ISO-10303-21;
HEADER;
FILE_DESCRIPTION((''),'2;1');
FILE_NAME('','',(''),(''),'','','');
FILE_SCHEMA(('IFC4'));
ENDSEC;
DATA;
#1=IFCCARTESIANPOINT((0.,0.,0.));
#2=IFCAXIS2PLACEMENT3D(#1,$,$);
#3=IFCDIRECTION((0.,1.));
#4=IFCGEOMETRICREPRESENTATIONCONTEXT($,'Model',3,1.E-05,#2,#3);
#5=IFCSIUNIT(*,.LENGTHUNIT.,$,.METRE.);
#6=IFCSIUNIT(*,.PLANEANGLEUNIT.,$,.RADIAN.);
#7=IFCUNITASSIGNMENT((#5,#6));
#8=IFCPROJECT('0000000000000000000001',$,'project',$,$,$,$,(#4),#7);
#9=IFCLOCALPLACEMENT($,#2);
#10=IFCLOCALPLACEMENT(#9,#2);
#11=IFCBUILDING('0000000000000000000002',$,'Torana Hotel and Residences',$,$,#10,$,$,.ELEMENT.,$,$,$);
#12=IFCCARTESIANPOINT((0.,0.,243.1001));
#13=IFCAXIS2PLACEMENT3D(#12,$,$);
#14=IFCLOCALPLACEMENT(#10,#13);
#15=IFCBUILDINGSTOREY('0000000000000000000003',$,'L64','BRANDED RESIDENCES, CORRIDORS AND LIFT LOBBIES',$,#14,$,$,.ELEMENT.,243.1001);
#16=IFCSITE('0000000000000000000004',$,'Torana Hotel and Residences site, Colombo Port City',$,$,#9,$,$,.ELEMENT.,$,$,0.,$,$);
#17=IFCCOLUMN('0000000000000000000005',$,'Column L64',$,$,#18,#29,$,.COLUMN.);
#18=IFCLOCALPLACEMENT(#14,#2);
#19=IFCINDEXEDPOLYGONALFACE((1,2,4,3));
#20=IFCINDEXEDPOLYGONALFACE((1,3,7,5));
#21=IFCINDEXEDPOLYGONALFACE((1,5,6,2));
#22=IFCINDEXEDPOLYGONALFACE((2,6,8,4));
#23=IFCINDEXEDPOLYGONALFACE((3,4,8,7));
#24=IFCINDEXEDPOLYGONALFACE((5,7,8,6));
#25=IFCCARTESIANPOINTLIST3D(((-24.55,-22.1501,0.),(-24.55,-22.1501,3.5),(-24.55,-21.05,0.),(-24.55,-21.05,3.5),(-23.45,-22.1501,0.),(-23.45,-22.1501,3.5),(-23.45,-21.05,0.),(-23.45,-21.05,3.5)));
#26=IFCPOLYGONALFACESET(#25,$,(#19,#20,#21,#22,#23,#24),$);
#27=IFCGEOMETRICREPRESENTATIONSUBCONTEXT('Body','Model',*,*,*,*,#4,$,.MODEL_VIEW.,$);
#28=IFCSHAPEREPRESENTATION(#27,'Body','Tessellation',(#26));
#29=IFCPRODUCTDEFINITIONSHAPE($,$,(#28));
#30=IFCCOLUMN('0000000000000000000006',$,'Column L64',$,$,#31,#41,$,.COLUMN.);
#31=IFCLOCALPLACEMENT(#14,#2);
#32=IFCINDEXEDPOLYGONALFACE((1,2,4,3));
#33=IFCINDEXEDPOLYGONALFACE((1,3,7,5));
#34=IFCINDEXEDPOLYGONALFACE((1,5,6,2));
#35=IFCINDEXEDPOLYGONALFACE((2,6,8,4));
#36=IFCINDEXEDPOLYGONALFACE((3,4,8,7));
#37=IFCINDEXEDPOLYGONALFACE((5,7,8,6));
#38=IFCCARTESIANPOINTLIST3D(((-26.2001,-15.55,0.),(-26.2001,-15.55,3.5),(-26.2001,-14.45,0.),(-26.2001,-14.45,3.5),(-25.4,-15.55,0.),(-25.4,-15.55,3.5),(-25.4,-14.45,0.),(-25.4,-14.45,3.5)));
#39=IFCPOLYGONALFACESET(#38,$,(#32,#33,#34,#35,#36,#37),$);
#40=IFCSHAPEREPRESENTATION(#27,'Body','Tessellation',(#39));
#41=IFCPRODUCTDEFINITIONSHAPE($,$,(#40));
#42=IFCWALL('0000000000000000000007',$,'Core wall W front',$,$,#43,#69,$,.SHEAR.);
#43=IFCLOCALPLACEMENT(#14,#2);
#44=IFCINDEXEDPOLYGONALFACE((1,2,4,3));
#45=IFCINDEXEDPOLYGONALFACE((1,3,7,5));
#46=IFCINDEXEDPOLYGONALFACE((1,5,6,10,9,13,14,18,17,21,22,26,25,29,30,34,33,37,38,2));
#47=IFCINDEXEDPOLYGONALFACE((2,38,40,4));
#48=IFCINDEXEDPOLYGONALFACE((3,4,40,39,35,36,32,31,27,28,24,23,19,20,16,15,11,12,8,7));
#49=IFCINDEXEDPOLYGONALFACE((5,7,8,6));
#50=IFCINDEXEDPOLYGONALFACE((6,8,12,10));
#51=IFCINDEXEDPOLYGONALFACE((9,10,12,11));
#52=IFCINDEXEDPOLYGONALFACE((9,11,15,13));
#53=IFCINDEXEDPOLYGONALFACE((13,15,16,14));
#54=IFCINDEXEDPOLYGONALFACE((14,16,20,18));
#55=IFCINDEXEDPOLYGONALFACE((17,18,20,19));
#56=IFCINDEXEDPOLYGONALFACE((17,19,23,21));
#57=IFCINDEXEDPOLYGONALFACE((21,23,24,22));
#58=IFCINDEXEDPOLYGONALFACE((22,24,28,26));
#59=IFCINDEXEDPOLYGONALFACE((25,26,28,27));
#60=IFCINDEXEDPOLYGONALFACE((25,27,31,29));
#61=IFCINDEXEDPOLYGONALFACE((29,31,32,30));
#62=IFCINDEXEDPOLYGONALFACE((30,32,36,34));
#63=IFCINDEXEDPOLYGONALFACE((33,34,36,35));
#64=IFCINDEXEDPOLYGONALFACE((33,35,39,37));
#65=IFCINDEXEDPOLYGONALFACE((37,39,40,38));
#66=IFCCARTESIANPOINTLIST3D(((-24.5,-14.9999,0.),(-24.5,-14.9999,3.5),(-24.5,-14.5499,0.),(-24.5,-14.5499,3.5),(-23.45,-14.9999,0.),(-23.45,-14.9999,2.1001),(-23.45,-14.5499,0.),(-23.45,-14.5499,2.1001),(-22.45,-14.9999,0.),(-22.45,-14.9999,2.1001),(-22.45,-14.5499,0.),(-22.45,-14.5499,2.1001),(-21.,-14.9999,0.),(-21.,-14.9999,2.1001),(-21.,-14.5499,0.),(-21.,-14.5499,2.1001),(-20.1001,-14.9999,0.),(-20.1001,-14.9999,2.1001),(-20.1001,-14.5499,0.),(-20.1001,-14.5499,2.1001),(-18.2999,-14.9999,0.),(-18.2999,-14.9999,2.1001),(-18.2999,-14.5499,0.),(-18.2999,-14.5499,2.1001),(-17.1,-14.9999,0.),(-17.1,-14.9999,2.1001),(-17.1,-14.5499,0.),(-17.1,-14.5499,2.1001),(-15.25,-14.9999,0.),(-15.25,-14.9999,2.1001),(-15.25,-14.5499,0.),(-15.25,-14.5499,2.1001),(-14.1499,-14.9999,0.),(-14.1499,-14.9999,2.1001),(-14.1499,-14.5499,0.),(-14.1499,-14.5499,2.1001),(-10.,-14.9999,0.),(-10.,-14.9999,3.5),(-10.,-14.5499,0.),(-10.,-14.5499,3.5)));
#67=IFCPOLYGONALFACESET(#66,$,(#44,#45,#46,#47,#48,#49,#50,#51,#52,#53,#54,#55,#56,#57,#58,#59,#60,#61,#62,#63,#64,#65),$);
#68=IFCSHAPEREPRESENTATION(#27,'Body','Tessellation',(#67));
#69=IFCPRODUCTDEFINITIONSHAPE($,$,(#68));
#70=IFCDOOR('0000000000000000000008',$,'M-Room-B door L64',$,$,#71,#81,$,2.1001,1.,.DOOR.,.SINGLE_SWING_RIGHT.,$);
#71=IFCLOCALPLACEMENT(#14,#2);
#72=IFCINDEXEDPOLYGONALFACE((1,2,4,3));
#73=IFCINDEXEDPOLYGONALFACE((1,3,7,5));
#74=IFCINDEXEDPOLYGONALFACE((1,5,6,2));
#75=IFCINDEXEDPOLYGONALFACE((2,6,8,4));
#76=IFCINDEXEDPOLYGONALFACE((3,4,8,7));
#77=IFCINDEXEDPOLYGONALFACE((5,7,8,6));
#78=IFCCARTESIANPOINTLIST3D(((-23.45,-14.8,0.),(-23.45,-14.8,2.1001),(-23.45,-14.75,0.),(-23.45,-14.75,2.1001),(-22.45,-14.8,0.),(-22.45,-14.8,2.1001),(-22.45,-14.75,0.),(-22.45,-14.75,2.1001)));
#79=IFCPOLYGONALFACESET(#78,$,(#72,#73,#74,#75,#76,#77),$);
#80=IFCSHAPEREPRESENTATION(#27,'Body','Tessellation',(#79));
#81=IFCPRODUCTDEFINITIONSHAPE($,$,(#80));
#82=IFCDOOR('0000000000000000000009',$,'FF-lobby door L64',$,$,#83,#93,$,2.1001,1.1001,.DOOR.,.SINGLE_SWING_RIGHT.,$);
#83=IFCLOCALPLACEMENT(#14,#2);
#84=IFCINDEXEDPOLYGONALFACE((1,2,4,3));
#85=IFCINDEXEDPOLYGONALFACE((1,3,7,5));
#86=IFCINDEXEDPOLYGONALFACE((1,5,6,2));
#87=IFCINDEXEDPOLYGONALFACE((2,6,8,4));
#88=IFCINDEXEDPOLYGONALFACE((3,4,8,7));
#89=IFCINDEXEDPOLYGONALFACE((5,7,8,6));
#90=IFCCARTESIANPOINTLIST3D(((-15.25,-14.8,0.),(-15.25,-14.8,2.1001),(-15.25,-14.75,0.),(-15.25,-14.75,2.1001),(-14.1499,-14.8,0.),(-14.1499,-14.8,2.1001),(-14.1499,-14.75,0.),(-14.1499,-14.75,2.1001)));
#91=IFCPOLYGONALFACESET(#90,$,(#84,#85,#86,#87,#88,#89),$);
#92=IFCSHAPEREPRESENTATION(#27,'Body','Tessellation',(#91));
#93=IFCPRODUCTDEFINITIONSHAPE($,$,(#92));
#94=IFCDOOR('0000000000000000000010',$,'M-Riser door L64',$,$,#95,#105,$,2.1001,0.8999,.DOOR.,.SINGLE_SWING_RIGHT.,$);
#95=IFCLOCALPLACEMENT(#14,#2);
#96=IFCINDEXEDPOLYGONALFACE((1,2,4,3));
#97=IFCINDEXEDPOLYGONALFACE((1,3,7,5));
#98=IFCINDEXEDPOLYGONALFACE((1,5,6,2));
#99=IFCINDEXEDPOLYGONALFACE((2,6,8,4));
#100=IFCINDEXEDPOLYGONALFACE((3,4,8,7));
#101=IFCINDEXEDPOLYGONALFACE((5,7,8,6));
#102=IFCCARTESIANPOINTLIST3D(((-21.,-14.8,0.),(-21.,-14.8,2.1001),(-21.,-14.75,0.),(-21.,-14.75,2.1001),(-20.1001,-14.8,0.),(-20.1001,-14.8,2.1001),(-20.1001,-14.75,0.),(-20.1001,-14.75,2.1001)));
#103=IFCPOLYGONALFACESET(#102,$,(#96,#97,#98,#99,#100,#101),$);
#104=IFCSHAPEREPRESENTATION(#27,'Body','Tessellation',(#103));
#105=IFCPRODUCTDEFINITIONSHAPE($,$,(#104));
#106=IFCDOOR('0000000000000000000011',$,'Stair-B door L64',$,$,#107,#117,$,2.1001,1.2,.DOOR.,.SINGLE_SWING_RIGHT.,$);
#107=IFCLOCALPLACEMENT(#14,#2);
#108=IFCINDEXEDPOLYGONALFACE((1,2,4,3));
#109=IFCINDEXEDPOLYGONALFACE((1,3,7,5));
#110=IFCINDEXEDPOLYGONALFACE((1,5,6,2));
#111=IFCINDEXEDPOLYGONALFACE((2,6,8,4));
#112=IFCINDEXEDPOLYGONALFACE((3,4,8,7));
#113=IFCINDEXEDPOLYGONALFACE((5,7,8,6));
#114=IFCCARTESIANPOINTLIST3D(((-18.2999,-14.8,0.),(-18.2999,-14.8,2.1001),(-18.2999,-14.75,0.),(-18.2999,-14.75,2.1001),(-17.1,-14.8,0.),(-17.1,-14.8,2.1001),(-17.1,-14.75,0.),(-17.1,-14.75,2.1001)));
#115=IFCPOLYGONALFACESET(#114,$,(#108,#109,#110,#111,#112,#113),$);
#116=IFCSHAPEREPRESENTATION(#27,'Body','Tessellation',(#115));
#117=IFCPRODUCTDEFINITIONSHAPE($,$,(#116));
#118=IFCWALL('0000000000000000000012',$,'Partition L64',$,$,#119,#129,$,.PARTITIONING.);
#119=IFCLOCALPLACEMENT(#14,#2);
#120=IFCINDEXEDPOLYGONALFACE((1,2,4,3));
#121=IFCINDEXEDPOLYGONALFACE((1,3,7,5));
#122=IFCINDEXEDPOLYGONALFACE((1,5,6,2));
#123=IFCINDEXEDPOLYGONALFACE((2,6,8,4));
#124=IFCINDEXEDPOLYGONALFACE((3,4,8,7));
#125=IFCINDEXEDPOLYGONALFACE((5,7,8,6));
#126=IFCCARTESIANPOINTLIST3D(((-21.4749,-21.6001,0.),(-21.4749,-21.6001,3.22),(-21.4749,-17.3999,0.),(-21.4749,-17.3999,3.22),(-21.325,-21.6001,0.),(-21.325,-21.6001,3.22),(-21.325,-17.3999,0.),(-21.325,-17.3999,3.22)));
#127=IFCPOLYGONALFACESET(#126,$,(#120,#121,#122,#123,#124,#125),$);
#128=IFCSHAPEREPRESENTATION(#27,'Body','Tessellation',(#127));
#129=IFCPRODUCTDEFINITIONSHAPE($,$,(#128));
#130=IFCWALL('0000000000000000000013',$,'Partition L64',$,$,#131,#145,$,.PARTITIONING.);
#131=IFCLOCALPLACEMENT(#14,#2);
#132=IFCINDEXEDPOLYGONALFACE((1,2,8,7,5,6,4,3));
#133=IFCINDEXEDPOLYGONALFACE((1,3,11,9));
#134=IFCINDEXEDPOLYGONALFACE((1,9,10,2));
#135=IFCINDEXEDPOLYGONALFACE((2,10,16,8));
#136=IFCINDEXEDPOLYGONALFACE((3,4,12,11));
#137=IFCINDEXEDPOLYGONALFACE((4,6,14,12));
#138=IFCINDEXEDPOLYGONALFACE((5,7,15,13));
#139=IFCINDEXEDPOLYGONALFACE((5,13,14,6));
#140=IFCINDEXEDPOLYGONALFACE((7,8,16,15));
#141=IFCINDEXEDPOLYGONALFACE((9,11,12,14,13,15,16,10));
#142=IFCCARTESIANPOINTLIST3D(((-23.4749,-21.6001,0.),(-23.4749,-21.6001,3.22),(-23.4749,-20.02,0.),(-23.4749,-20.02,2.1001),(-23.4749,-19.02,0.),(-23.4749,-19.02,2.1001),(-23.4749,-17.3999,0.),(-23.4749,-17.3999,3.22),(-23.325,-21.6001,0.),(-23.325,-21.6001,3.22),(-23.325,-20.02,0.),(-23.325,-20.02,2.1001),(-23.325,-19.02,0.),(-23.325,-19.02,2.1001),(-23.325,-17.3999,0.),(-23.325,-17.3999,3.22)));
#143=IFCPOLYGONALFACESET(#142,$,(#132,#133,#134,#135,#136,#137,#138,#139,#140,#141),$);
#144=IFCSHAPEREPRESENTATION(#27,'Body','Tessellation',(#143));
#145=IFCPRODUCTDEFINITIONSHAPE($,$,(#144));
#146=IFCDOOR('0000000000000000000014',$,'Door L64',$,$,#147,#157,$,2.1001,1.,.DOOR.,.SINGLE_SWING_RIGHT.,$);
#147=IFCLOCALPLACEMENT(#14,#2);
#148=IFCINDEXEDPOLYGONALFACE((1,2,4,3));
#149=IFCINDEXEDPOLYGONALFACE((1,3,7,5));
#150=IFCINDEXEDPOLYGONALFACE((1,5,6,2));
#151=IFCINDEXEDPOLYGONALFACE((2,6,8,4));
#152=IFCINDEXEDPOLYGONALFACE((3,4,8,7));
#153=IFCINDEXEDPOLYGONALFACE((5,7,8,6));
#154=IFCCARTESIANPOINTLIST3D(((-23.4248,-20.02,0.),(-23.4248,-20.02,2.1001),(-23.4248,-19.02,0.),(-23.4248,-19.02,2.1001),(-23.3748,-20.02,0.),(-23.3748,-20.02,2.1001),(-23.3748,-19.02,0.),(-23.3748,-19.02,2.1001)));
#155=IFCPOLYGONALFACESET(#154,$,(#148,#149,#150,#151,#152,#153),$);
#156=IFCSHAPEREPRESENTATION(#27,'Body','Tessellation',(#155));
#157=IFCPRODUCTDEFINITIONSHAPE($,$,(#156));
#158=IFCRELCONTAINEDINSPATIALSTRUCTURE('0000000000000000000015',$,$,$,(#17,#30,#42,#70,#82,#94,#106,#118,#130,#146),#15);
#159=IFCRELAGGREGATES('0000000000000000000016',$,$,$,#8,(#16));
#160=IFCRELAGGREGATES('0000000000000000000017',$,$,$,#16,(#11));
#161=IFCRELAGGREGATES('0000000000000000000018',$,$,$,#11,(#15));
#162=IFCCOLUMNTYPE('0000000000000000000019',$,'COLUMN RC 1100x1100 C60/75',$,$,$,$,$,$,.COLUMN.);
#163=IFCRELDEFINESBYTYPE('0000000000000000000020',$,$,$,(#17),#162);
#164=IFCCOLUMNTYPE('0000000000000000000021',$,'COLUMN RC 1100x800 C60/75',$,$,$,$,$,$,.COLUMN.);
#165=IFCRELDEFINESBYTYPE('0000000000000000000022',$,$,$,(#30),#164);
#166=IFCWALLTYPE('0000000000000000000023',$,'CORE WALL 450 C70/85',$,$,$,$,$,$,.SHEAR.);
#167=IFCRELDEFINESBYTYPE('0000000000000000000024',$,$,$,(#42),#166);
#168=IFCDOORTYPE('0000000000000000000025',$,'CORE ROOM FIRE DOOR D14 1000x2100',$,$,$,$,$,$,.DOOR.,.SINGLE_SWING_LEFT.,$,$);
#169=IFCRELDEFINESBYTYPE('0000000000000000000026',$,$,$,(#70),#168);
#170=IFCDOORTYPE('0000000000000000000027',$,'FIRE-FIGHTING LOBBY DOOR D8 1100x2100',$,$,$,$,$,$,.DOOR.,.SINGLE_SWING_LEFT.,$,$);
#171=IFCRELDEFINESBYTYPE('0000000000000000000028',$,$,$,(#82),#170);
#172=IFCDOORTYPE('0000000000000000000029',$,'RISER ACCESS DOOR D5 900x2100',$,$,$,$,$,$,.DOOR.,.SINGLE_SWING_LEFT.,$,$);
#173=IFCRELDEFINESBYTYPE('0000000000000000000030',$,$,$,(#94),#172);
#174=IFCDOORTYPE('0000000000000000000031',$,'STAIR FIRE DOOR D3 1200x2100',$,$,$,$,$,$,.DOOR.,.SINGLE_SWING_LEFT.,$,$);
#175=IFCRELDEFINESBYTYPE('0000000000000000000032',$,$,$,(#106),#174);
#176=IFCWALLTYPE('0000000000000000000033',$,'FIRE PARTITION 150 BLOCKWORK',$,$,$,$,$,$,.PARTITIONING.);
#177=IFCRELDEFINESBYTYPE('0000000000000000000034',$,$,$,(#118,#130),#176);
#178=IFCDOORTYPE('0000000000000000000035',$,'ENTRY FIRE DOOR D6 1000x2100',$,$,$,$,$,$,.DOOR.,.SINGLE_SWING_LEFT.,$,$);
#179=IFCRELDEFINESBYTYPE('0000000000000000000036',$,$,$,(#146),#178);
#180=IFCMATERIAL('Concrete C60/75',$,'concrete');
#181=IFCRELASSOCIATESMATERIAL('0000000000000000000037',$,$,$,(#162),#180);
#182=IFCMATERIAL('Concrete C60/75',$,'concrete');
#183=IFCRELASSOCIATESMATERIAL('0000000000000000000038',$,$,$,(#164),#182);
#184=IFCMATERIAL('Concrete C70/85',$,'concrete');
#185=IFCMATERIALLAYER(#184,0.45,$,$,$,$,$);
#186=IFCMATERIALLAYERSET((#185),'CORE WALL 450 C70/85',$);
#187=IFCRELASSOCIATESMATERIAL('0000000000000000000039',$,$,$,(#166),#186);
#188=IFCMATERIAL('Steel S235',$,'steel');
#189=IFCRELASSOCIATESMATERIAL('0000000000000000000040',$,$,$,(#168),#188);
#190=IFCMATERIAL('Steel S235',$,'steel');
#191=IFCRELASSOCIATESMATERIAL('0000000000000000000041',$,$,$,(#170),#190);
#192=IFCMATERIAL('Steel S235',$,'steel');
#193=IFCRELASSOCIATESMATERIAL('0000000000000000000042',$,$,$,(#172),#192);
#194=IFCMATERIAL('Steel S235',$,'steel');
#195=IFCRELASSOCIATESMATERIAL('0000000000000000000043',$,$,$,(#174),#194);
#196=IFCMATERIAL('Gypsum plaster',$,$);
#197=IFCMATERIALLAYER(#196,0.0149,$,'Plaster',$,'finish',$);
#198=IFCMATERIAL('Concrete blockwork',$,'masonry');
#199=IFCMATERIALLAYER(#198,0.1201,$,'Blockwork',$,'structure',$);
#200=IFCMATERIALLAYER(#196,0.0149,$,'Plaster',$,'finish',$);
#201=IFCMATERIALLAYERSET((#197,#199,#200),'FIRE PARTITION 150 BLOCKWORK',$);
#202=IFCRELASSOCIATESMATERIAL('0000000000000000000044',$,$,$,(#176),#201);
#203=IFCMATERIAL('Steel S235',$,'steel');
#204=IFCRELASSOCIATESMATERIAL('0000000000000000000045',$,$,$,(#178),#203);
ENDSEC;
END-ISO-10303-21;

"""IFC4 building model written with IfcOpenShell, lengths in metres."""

from ifc_helpers import new_model, si_unit, direction, frame, frame_2d, origin, origin_2d, place, context, subcontext, project, spatial, rectangle, extrude, material, layer, layer_set, material_profile, profile_set, type_object, element, fill, save


model = new_model("IFC4")

# Units and contexts
model_context = context("Model", 3, precision=1e-05, world=origin(), true_north=direction((0.0, 1.0)))
body_context = subcontext(model_context, "Body", "Model", "MODEL_VIEW")
ifc_project = project(units=[si_unit("LENGTHUNIT", "METRE"), si_unit("PLANEANGLEUNIT", "RADIAN")], contexts=[model_context])

# Site, building, storey
site_placement = place(None, origin())
site = spatial("IfcSite", under=ifc_project, at=site_placement, Name="Torana Hotel and Residences site, Colombo Port City", CompositionType="ELEMENT", RefElevation=0.0)
building_placement = place(site_placement, origin())
building = spatial("IfcBuilding", under=site, at=building_placement, Name="Torana Hotel and Residences", CompositionType="ELEMENT")
storey_placement = place(building_placement, frame((0.0, 0.0, 243.1001)))
storey = spatial("IfcBuildingStorey", under=building, at=storey_placement, Name="L64", Description="BRANDED RESIDENCES, CORRIDORS AND LIFT LOBBIES", CompositionType="ELEMENT", Elevation=243.1001)

# Columns
ifc_material_1 = material(Name="Concrete C60/75", Category="concrete")
ifc_material_profile_1 = material_profile(ifc_material_1, rectangle(XDim=1.1001, YDim=1.1001, at=origin_2d()), Name="RC 1100x1100")
ifc_profile_set_1 = profile_set([ifc_material_profile_1], Name="Concrete C60/75")
column_type_1 = type_object("IfcColumnType", Name="COLUMN RC 1100x1100 C60/75", PredefinedType="COLUMN", material=ifc_profile_set_1)
column_1_placement = place(storey_placement, frame((-24.0, -21.6001, 0.0), z_axis=(0.0, 0.0, 1.0), x_axis=(1.0, 0.0, 0.0)))
element("IfcColumn", 1, at=column_1_placement, inside=storey, type_object=column_type_1, Name="Column L64", PredefinedType="COLUMN", context=body_context, shape_type="SweptSolid", body=[
    extrude(rectangle(XDim=1.1001, YDim=1.1001, at=origin_2d()), origin(), (0.0, 0.0, 1.0), 3.5),
])
ifc_material_2 = material(Name="Concrete C60/75", Category="concrete")
ifc_material_profile_2 = material_profile(ifc_material_2, rectangle(XDim=1.1001, YDim=0.8, at=origin_2d()), Name="RC 1100x800")
ifc_profile_set_2 = profile_set([ifc_material_profile_2], Name="Concrete C60/75")
column_type_2 = type_object("IfcColumnType", Name="COLUMN RC 1100x800 C60/75", PredefinedType="COLUMN", material=ifc_profile_set_2)
column_2_placement = place(storey_placement, frame((-25.8, -15.0, 0.0), z_axis=(0.0, 0.0, 1.0), x_axis=(0.0, 1.0, 0.0)))
element("IfcColumn", 2, at=column_2_placement, inside=storey, type_object=column_type_2, Name="Column L64", PredefinedType="COLUMN", context=body_context, shape_type="SweptSolid", body=[
    extrude(rectangle(XDim=1.1001, YDim=0.8, at=origin_2d()), origin(), (0.0, 0.0, 1.0), 3.5),
])

# Wall, openings, doors
ifc_material_3 = material(Name="Concrete C70/85", Category="concrete")
ifc_layer_1 = layer(ifc_material_3, 0.45)
ifc_layer_set_1 = layer_set([ifc_layer_1], Name="CORE WALL 450 C70/85")
wall_type_1 = type_object("IfcWallType", Name="CORE WALL 450 C70/85", PredefinedType="SHEAR", material=ifc_layer_set_1)
wall_1_placement = place(storey_placement, frame((-24.5, -14.7749, 0.0), z_axis=(0.0, 0.0, 1.0), x_axis=(1.0, 0.0, 0.0)))
wall_1 = element("IfcWall", 3, at=wall_1_placement, inside=storey, type_object=wall_type_1, Name="Core wall W front", PredefinedType="SHEAR", context=body_context, shape_type="SweptSolid", body=[
    extrude(rectangle(XDim=14.5, YDim=0.45, at=frame_2d((7.25, 0.0))), origin(), (0.0, 0.0, 1.0), 3.5),
])
opening_1_placement = place(wall_1_placement, frame((6.2, 0.0, 0.0)))
opening_1 = element("IfcOpeningElement", 4, at=opening_1_placement, cuts=wall_1, PredefinedType="OPENING", context=body_context, shape_type="SweptSolid", body=[
    extrude(rectangle(XDim=1.2, YDim=2.1001, at=frame_2d((0.6001, 1.05))), frame((0.0, 0.2349, 0.0), z_axis=(0.0, -1.0, 0.0), x_axis=(1.0, 0.0, 0.0)), (0.0, 0.0, 1.0), 0.47),
])
opening_2_placement = place(wall_1_placement, frame((9.25, 0.0, 0.0)))
opening_2 = element("IfcOpeningElement", 5, at=opening_2_placement, cuts=wall_1, PredefinedType="OPENING", context=body_context, shape_type="SweptSolid", body=[
    extrude(rectangle(XDim=1.1001, YDim=2.1001, at=frame_2d((0.55, 1.05))), frame((0.0, 0.2349, 0.0), z_axis=(0.0, -1.0, 0.0), x_axis=(1.0, 0.0, 0.0)), (0.0, 0.0, 1.0), 0.47),
])
opening_3_placement = place(wall_1_placement, frame((3.5, 0.0, 0.0)))
opening_3 = element("IfcOpeningElement", 6, at=opening_3_placement, cuts=wall_1, PredefinedType="OPENING", context=body_context, shape_type="SweptSolid", body=[
    extrude(rectangle(XDim=0.8999, YDim=2.1001, at=frame_2d((0.45, 1.05))), frame((0.0, 0.2349, 0.0), z_axis=(0.0, -1.0, 0.0), x_axis=(1.0, 0.0, 0.0)), (0.0, 0.0, 1.0), 0.47),
])
opening_4_placement = place(wall_1_placement, frame((1.05, 0.0, 0.0)))
opening_4 = element("IfcOpeningElement", 7, at=opening_4_placement, cuts=wall_1, PredefinedType="OPENING", context=body_context, shape_type="SweptSolid", body=[
    extrude(rectangle(XDim=1.0, YDim=2.1001, at=frame_2d((0.5, 1.05))), frame((0.0, 0.2349, 0.0), z_axis=(0.0, -1.0, 0.0), x_axis=(1.0, 0.0, 0.0)), (0.0, 0.0, 1.0), 0.47),
])
ifc_material_4 = material(Name="Steel S235", Category="steel")
door_type_1 = type_object("IfcDoorType", Name="CORE ROOM FIRE DOOR D14 1000x2100", OperationType="SINGLE_SWING_LEFT", PredefinedType="DOOR", material=ifc_material_4)
door_1_placement = place(opening_4_placement, origin())
door_1 = element("IfcDoor", 8, at=door_1_placement, inside=storey, type_object=door_type_1, Name="M-Room-B door L64", OperationType="SINGLE_SWING_RIGHT", OverallHeight=2.1001, OverallWidth=1.0, PredefinedType="DOOR", context=body_context, shape_type="SweptSolid", body=[
    extrude(rectangle(XDim=1.0, YDim=2.1001, at=frame_2d((0.5, 1.05))), frame((0.0, 0.0249, 0.0), z_axis=(0.0, -1.0, 0.0), x_axis=(1.0, 0.0, 0.0)), (0.0, 0.0, 1.0), 0.05),
])
fill(opening_4, door_1)
ifc_material_5 = material(Name="Steel S235", Category="steel")
door_type_2 = type_object("IfcDoorType", Name="FIRE-FIGHTING LOBBY DOOR D8 1100x2100", OperationType="SINGLE_SWING_LEFT", PredefinedType="DOOR", material=ifc_material_5)
door_2_placement = place(opening_2_placement, origin())
door_2 = element("IfcDoor", 9, at=door_2_placement, inside=storey, type_object=door_type_2, Name="FF-lobby door L64", OperationType="SINGLE_SWING_RIGHT", OverallHeight=2.1001, OverallWidth=1.1001, PredefinedType="DOOR", context=body_context, shape_type="SweptSolid", body=[
    extrude(rectangle(XDim=1.1001, YDim=2.1001, at=frame_2d((0.55, 1.05))), frame((0.0, 0.0249, 0.0), z_axis=(0.0, -1.0, 0.0), x_axis=(1.0, 0.0, 0.0)), (0.0, 0.0, 1.0), 0.05),
])
fill(opening_2, door_2)
ifc_material_6 = material(Name="Steel S235", Category="steel")
door_type_3 = type_object("IfcDoorType", Name="RISER ACCESS DOOR D5 900x2100", OperationType="SINGLE_SWING_LEFT", PredefinedType="DOOR", material=ifc_material_6)
door_3_placement = place(opening_3_placement, origin())
door_3 = element("IfcDoor", 10, at=door_3_placement, inside=storey, type_object=door_type_3, Name="M-Riser door L64", OperationType="SINGLE_SWING_RIGHT", OverallHeight=2.1001, OverallWidth=0.8999, PredefinedType="DOOR", context=body_context, shape_type="SweptSolid", body=[
    extrude(rectangle(XDim=0.8999, YDim=2.1001, at=frame_2d((0.45, 1.05))), frame((0.0, 0.0249, 0.0), z_axis=(0.0, -1.0, 0.0), x_axis=(1.0, 0.0, 0.0)), (0.0, 0.0, 1.0), 0.05),
])
fill(opening_3, door_3)
ifc_material_7 = material(Name="Steel S235", Category="steel")
door_type_4 = type_object("IfcDoorType", Name="STAIR FIRE DOOR D3 1200x2100", OperationType="SINGLE_SWING_LEFT", PredefinedType="DOOR", material=ifc_material_7)
door_4_placement = place(opening_1_placement, origin())
door_4 = element("IfcDoor", 11, at=door_4_placement, inside=storey, type_object=door_type_4, Name="Stair-B door L64", OperationType="SINGLE_SWING_RIGHT", OverallHeight=2.1001, OverallWidth=1.2, PredefinedType="DOOR", context=body_context, shape_type="SweptSolid", body=[
    extrude(rectangle(XDim=1.2, YDim=2.1001, at=frame_2d((0.6001, 1.05))), frame((0.0, 0.0249, 0.0), z_axis=(0.0, -1.0, 0.0), x_axis=(1.0, 0.0, 0.0)), (0.0, 0.0, 1.0), 0.05),
])
fill(opening_1, door_4)

# Wall
ifc_material_8 = material(Name="Gypsum plaster")
ifc_layer_2 = layer(ifc_material_8, 0.0149, Name="Plaster", Category="finish")
ifc_material_9 = material(Name="Concrete blockwork", Category="masonry")
ifc_layer_3 = layer(ifc_material_9, 0.1201, Name="Blockwork", Category="structure")
ifc_layer_4 = layer(ifc_material_8, 0.0149, Name="Plaster", Category="finish")
ifc_layer_set_2 = layer_set([ifc_layer_2, ifc_layer_3, ifc_layer_4], Name="FIRE PARTITION 150 BLOCKWORK")
wall_type_2 = type_object("IfcWallType", Name="FIRE PARTITION 150 BLOCKWORK", PredefinedType="PARTITIONING", material=ifc_layer_set_2)
wall_2_placement = place(storey_placement, frame((-21.3999, -21.6001, 0.0), z_axis=(0.0, 0.0, 1.0), x_axis=(0.0, 1.0, 0.0)))
element("IfcWall", 12, at=wall_2_placement, inside=storey, type_object=wall_type_2, Name="Partition L64", PredefinedType="PARTITIONING", context=body_context, shape_type="SweptSolid", body=[
    extrude(rectangle(XDim=4.2002, YDim=0.1499, at=frame_2d((2.1001, 0.0))), origin(), (0.0, 0.0, 1.0), 3.22),
])

# Wall, opening, door
wall_3_placement = place(storey_placement, frame((-23.3999, -21.6001, 0.0), z_axis=(0.0, 0.0, 1.0), x_axis=(0.0, 1.0, 0.0)))
wall_3 = element("IfcWall", 13, at=wall_3_placement, inside=storey, type_object=wall_type_2, Name="Partition L64", PredefinedType="PARTITIONING", context=body_context, shape_type="SweptSolid", body=[
    extrude(rectangle(XDim=4.2002, YDim=0.1499, at=frame_2d((2.1001, 0.0))), origin(), (0.0, 0.0, 1.0), 3.22),
])
opening_5_placement = place(wall_3_placement, frame((1.5801, 0.0, 0.0)))
opening_5 = element("IfcOpeningElement", 14, at=opening_5_placement, cuts=wall_3, PredefinedType="OPENING", context=body_context, shape_type="SweptSolid", body=[
    extrude(rectangle(XDim=1.0, YDim=2.1001, at=frame_2d((0.5, 1.05))), frame((0.0, 0.085, 0.0), z_axis=(0.0, -1.0, 0.0), x_axis=(1.0, 0.0, 0.0)), (0.0, 0.0, 1.0), 0.1699),
])
ifc_material_10 = material(Name="Steel S235", Category="steel")
door_type_5 = type_object("IfcDoorType", Name="ENTRY FIRE DOOR D6 1000x2100", OperationType="SINGLE_SWING_LEFT", PredefinedType="DOOR", material=ifc_material_10)
door_5_placement = place(opening_5_placement, origin())
door_5 = element("IfcDoor", 15, at=door_5_placement, inside=storey, type_object=door_type_5, Name="Door L64", OperationType="SINGLE_SWING_RIGHT", OverallHeight=2.1001, OverallWidth=1.0, PredefinedType="DOOR", context=body_context, shape_type="SweptSolid", body=[
    extrude(rectangle(XDim=1.0, YDim=2.1001, at=frame_2d((0.5, 1.05))), frame((0.0, 0.0249, 0.0), z_axis=(0.0, -1.0, 0.0), x_axis=(1.0, 0.0, 0.0)), (0.0, 0.0, 1.0), 0.05),
])
fill(opening_5, door_5)

save(model, "model.ifc")
